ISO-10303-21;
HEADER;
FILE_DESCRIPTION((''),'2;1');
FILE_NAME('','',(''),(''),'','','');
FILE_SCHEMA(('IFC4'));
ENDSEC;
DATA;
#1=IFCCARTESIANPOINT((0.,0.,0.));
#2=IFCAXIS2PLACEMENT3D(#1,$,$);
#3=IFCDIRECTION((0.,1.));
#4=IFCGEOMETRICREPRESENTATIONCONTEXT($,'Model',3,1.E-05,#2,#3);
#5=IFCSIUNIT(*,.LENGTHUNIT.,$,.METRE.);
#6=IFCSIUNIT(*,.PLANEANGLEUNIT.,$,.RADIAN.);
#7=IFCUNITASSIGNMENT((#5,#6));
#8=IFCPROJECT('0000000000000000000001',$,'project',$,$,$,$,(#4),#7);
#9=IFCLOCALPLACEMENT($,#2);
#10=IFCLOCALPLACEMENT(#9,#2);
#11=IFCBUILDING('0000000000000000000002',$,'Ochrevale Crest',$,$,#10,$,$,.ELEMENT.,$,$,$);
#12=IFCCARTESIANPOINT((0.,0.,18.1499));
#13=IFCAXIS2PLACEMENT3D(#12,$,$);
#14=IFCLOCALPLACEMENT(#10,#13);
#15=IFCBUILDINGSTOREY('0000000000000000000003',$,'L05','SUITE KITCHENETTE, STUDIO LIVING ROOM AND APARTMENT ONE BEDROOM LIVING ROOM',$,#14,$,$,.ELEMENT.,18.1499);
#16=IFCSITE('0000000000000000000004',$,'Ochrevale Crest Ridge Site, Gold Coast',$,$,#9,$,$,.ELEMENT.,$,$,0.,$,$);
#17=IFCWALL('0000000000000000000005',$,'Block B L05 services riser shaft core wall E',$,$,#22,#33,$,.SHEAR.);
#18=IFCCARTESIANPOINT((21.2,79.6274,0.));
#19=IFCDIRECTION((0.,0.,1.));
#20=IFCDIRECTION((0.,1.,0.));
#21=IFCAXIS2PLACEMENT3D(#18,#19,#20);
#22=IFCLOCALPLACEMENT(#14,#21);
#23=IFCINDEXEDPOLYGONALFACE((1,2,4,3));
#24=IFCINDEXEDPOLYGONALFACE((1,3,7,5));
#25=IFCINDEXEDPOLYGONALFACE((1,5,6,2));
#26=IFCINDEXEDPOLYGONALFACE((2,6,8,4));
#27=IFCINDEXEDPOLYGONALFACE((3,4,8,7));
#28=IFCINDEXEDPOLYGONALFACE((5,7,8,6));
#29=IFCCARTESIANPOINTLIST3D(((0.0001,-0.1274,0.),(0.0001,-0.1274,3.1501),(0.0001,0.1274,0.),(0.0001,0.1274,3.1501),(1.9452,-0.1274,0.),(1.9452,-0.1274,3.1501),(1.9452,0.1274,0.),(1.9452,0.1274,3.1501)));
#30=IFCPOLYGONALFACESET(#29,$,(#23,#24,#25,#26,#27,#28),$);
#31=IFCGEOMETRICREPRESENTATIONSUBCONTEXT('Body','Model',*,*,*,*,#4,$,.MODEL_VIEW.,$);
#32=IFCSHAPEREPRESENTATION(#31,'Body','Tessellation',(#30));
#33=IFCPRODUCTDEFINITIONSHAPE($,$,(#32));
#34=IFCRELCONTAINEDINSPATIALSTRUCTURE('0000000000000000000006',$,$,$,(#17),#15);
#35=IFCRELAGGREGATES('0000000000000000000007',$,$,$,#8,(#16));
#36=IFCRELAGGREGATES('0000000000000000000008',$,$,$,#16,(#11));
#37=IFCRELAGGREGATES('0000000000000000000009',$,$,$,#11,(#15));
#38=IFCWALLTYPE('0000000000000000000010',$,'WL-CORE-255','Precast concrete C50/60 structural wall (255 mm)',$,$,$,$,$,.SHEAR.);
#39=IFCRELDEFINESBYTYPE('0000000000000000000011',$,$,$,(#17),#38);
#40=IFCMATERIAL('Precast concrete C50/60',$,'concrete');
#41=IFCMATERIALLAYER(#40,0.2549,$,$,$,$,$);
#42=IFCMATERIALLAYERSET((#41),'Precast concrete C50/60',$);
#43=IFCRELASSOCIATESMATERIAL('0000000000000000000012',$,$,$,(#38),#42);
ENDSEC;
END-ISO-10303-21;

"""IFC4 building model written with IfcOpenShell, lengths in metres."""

from ifc_helpers import new_model, si_unit, direction, frame, frame_2d, origin, place, context, subcontext, project, spatial, rectangle, extrude, material, layer, layer_set, type_object, element, save


model = new_model("IFC4")

# Units and contexts
model_context = context("Model", 3, precision=1e-05, world=origin(), true_north=direction((0.0, 1.0)))
body_context = subcontext(model_context, "Body", "Model", "MODEL_VIEW")
ifc_project = project(units=[si_unit("LENGTHUNIT", "METRE"), si_unit("PLANEANGLEUNIT", "RADIAN")], contexts=[model_context])

# Site, building, storey
site_placement = place(None, origin())
site = spatial("IfcSite", under=ifc_project, at=site_placement, Name="Ochrevale Crest Ridge Site, Gold Coast", CompositionType="ELEMENT", RefElevation=0.0)
building_placement = place(site_placement, origin())
building = spatial("IfcBuilding", under=site, at=building_placement, Name="Ochrevale Crest", CompositionType="ELEMENT")
storey_placement = place(building_placement, frame((0.0, 0.0, 18.1499)))
storey = spatial("IfcBuildingStorey", under=building, at=storey_placement, Name="L05", Description="SUITE KITCHENETTE, STUDIO LIVING ROOM AND APARTMENT ONE BEDROOM LIVING ROOM", CompositionType="ELEMENT", Elevation=18.1499)

# Shared definitions
ifc_material_1 = material(Name="Precast concrete C50/60", Category="concrete")

# Shared definitions
ifc_layer_1 = layer(ifc_material_1, 0.2549)
ifc_layer_set_1 = layer_set([ifc_layer_1], Name="Precast concrete C50/60")
wall_type_1 = type_object("IfcWallType", Name="WL-CORE-255", Description="Precast concrete C50/60 structural wall (255 mm)", PredefinedType="SHEAR", material=ifc_layer_set_1)

# Wall
wall_1_placement = place(storey_placement, frame((21.2, 79.6274, 0.0), z_axis=(0.0, 0.0, 1.0), x_axis=(0.0, 1.0, 0.0)))
element("IfcWall", 1, at=wall_1_placement, inside=storey, type_object=wall_type_1, Name="Block B L05 services riser shaft core wall E", PredefinedType="SHEAR", context=body_context, shape_type="SweptSolid", body=[
    extrude(rectangle(XDim=1.9451, YDim=0.2549, at=frame_2d((0.9727, 0.0))), origin(), (0.0, 0.0, 1.0), 3.1501),
])

save(model, "model.ifc")
